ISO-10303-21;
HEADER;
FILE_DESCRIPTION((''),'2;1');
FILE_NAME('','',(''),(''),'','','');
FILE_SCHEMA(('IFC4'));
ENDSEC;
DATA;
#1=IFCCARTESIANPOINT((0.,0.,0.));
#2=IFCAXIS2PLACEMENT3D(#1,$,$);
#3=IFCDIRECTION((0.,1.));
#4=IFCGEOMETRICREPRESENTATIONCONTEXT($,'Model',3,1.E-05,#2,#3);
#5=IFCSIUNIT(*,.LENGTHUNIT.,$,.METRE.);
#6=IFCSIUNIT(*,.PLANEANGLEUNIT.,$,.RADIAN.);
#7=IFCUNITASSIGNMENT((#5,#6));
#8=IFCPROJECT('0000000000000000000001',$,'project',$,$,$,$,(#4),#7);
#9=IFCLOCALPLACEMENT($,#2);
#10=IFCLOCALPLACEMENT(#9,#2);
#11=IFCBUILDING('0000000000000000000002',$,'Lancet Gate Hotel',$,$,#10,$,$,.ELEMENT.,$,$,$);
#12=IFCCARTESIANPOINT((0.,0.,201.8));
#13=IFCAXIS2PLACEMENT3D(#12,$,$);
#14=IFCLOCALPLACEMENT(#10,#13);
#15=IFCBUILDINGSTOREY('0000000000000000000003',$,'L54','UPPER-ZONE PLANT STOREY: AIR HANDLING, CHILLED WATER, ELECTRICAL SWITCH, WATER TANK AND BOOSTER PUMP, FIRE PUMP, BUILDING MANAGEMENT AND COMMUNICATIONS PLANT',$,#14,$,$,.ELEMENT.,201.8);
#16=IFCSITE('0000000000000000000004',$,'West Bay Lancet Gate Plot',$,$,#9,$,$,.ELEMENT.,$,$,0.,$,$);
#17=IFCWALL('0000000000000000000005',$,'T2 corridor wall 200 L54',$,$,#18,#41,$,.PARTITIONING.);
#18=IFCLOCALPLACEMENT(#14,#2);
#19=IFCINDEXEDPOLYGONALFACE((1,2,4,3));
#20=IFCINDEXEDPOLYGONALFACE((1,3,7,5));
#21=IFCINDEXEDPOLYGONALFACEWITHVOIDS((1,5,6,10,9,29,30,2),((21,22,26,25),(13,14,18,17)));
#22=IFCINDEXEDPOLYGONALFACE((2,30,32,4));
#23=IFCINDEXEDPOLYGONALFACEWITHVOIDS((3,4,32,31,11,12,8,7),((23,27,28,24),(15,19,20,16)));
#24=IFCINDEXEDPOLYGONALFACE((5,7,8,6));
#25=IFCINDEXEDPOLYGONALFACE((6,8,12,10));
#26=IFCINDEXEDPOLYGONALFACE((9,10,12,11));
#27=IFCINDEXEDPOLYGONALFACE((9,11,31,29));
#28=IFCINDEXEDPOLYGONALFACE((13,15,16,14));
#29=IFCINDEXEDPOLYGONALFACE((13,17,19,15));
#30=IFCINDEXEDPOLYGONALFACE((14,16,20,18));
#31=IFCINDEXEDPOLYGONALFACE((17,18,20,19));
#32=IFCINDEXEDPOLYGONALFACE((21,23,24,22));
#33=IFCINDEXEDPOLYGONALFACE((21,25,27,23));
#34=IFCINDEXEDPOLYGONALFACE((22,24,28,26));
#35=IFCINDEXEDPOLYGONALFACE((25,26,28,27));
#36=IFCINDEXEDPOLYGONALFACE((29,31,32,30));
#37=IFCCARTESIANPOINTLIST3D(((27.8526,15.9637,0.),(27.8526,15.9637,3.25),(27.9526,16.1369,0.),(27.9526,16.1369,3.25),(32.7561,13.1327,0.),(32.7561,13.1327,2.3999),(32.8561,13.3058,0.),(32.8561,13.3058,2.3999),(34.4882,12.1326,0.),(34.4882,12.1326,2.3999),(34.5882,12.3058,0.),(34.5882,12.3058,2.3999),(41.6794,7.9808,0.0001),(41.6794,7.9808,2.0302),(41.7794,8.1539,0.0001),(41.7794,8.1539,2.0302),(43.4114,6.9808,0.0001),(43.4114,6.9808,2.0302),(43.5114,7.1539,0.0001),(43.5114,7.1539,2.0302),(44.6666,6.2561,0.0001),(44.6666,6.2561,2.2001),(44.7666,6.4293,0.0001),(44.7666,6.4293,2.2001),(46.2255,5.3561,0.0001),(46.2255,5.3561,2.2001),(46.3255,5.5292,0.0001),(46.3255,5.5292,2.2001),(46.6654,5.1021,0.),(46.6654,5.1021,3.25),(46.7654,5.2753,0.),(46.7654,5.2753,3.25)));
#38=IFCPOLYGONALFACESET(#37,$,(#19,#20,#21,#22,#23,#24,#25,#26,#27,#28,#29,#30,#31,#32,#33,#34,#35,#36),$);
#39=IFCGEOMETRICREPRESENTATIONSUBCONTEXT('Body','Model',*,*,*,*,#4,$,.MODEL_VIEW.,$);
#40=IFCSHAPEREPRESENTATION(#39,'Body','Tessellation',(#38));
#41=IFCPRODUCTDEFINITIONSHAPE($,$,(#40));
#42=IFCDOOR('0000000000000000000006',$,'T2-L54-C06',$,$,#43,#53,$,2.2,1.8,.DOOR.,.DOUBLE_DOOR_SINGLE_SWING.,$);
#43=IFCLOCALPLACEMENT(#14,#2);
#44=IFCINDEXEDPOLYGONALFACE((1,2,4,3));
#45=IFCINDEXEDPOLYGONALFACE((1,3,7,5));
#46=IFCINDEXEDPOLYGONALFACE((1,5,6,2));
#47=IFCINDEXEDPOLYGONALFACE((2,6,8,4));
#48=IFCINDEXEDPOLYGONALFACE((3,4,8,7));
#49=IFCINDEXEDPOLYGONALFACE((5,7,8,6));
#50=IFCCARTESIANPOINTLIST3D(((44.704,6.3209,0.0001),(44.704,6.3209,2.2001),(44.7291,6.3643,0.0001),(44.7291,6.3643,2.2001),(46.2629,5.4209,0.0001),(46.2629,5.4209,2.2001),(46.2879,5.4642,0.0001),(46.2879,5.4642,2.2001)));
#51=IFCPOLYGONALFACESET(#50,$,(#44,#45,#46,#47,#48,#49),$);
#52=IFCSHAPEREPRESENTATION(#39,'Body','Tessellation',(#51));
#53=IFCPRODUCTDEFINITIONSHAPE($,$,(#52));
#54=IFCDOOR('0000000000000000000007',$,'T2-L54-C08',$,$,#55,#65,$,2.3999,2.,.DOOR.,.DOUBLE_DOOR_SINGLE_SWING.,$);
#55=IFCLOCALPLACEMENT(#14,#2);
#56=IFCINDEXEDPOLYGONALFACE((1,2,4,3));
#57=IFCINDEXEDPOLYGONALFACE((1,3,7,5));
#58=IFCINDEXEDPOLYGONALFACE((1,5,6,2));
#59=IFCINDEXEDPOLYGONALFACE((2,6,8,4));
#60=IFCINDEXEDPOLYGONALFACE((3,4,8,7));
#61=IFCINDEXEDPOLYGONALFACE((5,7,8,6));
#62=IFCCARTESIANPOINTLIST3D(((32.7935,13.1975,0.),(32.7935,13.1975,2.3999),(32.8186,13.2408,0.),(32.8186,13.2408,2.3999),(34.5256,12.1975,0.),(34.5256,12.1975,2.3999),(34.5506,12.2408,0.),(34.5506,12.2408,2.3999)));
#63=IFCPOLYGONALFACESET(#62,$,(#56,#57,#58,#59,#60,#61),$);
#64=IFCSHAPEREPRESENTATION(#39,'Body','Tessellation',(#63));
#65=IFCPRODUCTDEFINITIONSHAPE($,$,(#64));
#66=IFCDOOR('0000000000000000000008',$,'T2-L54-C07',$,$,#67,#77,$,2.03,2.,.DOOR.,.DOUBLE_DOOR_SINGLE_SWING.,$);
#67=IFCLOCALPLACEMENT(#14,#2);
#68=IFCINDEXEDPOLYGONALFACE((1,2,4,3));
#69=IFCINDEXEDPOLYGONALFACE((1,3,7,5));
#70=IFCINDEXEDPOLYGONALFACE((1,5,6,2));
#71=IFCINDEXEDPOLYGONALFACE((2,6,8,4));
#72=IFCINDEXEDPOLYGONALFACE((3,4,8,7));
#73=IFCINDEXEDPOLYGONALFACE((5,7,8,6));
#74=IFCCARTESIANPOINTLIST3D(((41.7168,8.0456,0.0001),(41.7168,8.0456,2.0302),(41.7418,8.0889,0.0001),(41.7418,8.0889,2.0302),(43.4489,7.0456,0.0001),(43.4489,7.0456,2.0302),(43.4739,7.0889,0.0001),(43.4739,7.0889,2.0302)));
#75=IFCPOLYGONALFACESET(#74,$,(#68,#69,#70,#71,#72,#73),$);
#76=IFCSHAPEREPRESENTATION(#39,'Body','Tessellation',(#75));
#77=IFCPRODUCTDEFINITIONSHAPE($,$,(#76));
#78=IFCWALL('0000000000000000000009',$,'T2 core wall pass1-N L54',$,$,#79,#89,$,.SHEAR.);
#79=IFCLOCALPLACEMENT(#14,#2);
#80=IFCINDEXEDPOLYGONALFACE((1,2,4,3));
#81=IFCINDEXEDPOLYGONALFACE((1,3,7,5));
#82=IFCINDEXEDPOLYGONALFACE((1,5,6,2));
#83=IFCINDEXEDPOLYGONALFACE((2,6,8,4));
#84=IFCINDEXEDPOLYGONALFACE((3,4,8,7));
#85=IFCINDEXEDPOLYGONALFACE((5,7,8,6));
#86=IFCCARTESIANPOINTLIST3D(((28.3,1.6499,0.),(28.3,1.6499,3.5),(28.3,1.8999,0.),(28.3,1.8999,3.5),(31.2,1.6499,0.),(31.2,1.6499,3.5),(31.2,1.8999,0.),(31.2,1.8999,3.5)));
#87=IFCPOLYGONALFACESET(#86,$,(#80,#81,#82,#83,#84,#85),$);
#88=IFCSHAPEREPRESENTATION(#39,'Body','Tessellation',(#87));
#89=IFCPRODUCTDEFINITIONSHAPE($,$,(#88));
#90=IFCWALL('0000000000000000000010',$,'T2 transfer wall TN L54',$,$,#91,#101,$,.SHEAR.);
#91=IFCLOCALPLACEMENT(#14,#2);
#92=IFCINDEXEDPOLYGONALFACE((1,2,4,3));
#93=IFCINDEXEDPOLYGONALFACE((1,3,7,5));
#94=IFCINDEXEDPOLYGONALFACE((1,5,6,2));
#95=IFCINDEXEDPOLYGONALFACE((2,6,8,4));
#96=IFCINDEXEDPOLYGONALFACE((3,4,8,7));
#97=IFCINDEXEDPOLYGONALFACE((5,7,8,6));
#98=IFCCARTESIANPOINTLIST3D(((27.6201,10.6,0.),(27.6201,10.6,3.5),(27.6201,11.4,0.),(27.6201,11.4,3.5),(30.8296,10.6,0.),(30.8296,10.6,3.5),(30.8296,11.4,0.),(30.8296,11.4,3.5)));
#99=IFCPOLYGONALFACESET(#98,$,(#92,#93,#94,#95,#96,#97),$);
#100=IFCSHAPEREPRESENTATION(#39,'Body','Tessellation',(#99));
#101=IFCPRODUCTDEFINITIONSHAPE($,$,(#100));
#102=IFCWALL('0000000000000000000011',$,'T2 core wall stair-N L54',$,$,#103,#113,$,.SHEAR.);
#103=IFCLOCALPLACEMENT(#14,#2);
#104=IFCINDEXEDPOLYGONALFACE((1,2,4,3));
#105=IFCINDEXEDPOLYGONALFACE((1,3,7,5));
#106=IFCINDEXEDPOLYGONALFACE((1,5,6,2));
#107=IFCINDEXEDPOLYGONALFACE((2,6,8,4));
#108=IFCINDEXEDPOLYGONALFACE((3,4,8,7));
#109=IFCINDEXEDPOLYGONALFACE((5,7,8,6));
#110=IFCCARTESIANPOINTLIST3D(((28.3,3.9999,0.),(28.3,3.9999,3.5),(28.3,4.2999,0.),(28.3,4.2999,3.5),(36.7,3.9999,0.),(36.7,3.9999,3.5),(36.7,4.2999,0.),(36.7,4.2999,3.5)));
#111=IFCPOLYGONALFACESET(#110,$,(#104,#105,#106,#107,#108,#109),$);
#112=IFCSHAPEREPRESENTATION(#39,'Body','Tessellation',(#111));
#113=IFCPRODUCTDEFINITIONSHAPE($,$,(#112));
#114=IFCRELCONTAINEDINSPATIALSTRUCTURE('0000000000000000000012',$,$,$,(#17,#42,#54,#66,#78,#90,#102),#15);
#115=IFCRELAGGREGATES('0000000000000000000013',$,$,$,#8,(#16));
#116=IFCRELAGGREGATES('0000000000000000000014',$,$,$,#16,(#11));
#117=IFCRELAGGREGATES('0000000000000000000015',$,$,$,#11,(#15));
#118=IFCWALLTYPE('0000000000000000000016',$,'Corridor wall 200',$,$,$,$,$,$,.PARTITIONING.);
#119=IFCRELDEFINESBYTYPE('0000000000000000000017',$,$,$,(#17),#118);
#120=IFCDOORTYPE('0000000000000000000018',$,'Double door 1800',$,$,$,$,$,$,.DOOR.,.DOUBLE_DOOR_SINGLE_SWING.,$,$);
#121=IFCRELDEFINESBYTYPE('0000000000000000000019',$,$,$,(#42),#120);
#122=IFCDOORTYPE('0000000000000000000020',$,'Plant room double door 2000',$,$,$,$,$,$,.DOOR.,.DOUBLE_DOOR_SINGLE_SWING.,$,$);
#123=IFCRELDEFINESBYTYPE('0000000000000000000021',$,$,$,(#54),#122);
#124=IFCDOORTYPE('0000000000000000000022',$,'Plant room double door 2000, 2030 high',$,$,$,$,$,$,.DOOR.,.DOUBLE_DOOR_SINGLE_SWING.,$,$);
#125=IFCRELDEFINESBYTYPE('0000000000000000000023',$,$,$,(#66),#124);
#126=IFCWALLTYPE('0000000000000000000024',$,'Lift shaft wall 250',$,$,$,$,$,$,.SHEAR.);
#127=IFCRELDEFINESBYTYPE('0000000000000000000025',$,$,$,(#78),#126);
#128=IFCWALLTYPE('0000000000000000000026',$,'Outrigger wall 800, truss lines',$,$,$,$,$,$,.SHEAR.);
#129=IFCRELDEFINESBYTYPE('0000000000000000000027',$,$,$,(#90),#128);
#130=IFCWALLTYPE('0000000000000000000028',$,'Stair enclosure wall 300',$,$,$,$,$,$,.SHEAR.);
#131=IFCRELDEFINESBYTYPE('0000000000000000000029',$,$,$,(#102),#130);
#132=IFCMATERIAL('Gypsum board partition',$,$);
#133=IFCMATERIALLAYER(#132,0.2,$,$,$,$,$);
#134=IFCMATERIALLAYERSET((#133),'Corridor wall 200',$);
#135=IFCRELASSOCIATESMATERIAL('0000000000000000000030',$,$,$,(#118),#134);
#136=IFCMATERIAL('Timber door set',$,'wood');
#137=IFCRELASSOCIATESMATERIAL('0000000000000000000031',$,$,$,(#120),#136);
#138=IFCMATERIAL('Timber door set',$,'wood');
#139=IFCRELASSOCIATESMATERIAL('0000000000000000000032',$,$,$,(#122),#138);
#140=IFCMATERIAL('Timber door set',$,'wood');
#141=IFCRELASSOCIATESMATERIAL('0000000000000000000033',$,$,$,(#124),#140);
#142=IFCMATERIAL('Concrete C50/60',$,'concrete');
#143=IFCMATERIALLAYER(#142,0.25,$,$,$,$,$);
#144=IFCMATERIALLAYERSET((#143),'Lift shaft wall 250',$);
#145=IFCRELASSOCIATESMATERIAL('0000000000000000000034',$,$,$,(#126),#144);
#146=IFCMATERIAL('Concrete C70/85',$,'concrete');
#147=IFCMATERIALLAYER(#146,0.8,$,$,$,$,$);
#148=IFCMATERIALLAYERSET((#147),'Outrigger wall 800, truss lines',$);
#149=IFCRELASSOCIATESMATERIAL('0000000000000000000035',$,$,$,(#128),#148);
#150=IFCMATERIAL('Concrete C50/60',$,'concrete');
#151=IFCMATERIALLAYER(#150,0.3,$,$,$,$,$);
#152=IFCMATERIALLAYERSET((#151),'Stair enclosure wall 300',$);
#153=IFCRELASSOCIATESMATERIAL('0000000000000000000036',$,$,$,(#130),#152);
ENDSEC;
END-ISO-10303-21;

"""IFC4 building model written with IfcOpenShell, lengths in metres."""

from ifc_helpers import new_model, si_unit, direction, frame, frame_2d, origin, place, context, subcontext, project, spatial, rectangle, extrude, material, layer, layer_set, type_object, element, fill, save


model = new_model("IFC4")

# Units and contexts
model_context = context("Model", 3, precision=1e-05, world=origin(), true_north=direction((0.0, 1.0)))
body_context = subcontext(model_context, "Body", "Model", "MODEL_VIEW")
ifc_project = project(units=[si_unit("LENGTHUNIT", "METRE"), si_unit("PLANEANGLEUNIT", "RADIAN")], contexts=[model_context])

# Site, building, storey
site_placement = place(None, origin())
site = spatial("IfcSite", under=ifc_project, at=site_placement, Name="West Bay Lancet Gate Plot", CompositionType="ELEMENT", RefElevation=0.0)
building_placement = place(site_placement, origin())
building = spatial("IfcBuilding", under=site, at=building_placement, Name="Lancet Gate Hotel", CompositionType="ELEMENT")
storey_placement = place(building_placement, frame((0.0, 0.0, 201.8)))
storey = spatial("IfcBuildingStorey", under=building, at=storey_placement, Name="L54", Description="UPPER-ZONE PLANT STOREY: AIR HANDLING, CHILLED WATER, ELECTRICAL SWITCH, WATER TANK AND BOOSTER PUMP, FIRE PUMP, BUILDING MANAGEMENT AND COMMUNICATIONS PLANT", CompositionType="ELEMENT", Elevation=201.8)

# Wall, openings, doors
ifc_material_1 = material(Name="Gypsum board partition")
ifc_layer_1 = layer(ifc_material_1, 0.2)
ifc_layer_set_1 = layer_set([ifc_layer_1], Name="Corridor wall 200")
wall_type_1 = type_object("IfcWallType", Name="Corridor wall 200", PredefinedType="PARTITIONING", material=ifc_layer_set_1)
wall_1_placement = place(storey_placement, frame((27.9026, 16.0503, 0.0), z_axis=(0.0, 0.0, 1.0), x_axis=(0.866025, -0.500001, 0.0)))
wall_1 = element("IfcWall", 1, at=wall_1_placement, inside=storey, type_object=wall_type_1, Name="T2 corridor wall 200 L54", PredefinedType="PARTITIONING", context=body_context, shape_type="SweptSolid", body=[
    extrude(rectangle(XDim=21.7231, YDim=0.2, at=frame_2d((10.8616, 0.0))), origin(), (0.0, 0.0, 1.0), 3.25),
])
opening_1_placement = place(wall_1_placement, frame((15.9658, 0.0, 0.0)))
opening_1 = element("IfcOpeningElement", 2, at=opening_1_placement, cuts=wall_1, PredefinedType="OPENING", context=body_context, shape_type="SweptSolid", body=[
    extrude(rectangle(XDim=2.0, YDim=2.03, at=frame_2d((1.0, 1.0151))), frame((0.0, 0.1099, 0.0), z_axis=(0.0, -1.0, 0.0), x_axis=(1.0, 0.0, 0.0)), (0.0, 0.0, 1.0), 0.22),
])
opening_2_placement = place(wall_1_placement, frame((5.6621, 0.0, 0.0)))
opening_2 = element("IfcOpeningElement", 3, at=opening_2_placement, cuts=wall_1, PredefinedType="OPENING", context=body_context, shape_type="SweptSolid", body=[
    extrude(rectangle(XDim=2.0, YDim=2.3999, at=frame_2d((1.0, 1.2))), frame((0.0, 0.1099, 0.0), z_axis=(0.0, -1.0, 0.0), x_axis=(1.0, 0.0, 0.0)), (0.0, 0.0, 1.0), 0.22),
])
opening_3_placement = place(wall_1_placement, frame((19.4153, 0.0, 0.0)))
opening_3 = element("IfcOpeningElement", 4, at=opening_3_placement, cuts=wall_1, PredefinedType="OPENING", context=body_context, shape_type="SweptSolid", body=[
    extrude(rectangle(XDim=1.8, YDim=2.2, at=frame_2d((0.8999, 1.1001))), frame((0.0, 0.1099, 0.0), z_axis=(0.0, -1.0, 0.0), x_axis=(1.0, 0.0, 0.0)), (0.0, 0.0, 1.0), 0.22),
])
ifc_material_2 = material(Name="Timber door set", Category="wood")
door_type_1 = type_object("IfcDoorType", Name="Double door 1800", OperationType="DOUBLE_DOOR_SINGLE_SWING", PredefinedType="DOOR", material=ifc_material_2)
door_1_placement = place(opening_3_placement, origin())
door_1 = element("IfcDoor", 5, at=door_1_placement, inside=storey, type_object=door_type_1, Name="T2-L54-C06", OperationType="DOUBLE_DOOR_SINGLE_SWING", OverallHeight=2.2, OverallWidth=1.8, PredefinedType="DOOR", context=body_context, shape_type="SweptSolid", body=[
    extrude(rectangle(XDim=1.8, YDim=2.2, at=frame_2d((0.8999, 1.1001))), frame((0.0, 0.0249, 0.0), z_axis=(0.0, -1.0, 0.0), x_axis=(1.0, 0.0, 0.0)), (0.0, 0.0, 1.0), 0.05),
])
fill(opening_3, door_1)
ifc_material_3 = material(Name="Timber door set", Category="wood")
door_type_2 = type_object("IfcDoorType", Name="Plant room double door 2000", OperationType="DOUBLE_DOOR_SINGLE_SWING", PredefinedType="DOOR", material=ifc_material_3)
door_2_placement = place(opening_2_placement, origin())
door_2 = element("IfcDoor", 6, at=door_2_placement, inside=storey, type_object=door_type_2, Name="T2-L54-C08", OperationType="DOUBLE_DOOR_SINGLE_SWING", OverallHeight=2.3999, OverallWidth=2.0, PredefinedType="DOOR", context=body_context, shape_type="SweptSolid", body=[
    extrude(rectangle(XDim=2.0, YDim=2.3999, at=frame_2d((1.0, 1.2))), frame((0.0, 0.0249, 0.0), z_axis=(0.0, -1.0, 0.0), x_axis=(1.0, 0.0, 0.0)), (0.0, 0.0, 1.0), 0.05),
])
fill(opening_2, door_2)
ifc_material_4 = material(Name="Timber door set", Category="wood")
door_type_3 = type_object("IfcDoorType", Name="Plant room double door 2000, 2030 high", OperationType="DOUBLE_DOOR_SINGLE_SWING", PredefinedType="DOOR", material=ifc_material_4)
door_3_placement = place(opening_1_placement, origin())
door_3 = element("IfcDoor", 7, at=door_3_placement, inside=storey, type_object=door_type_3, Name="T2-L54-C07", OperationType="DOUBLE_DOOR_SINGLE_SWING", OverallHeight=2.03, OverallWidth=2.0, PredefinedType="DOOR", context=body_context, shape_type="SweptSolid", body=[
    extrude(rectangle(XDim=2.0, YDim=2.03, at=frame_2d((1.0, 1.0151))), frame((0.0, 0.0249, 0.0), z_axis=(0.0, -1.0, 0.0), x_axis=(1.0, 0.0, 0.0)), (0.0, 0.0, 1.0), 0.05),
])
fill(opening_1, door_3)

# Walls
ifc_material_5 = material(Name="Concrete C50/60", Category="concrete")
ifc_layer_2 = layer(ifc_material_5, 0.25)
ifc_layer_set_2 = layer_set([ifc_layer_2], Name="Lift shaft wall 250")
wall_type_2 = type_object("IfcWallType", Name="Lift shaft wall 250", PredefinedType="SHEAR", material=ifc_layer_set_2)
wall_2_placement = place(storey_placement, frame((28.3, 1.7749, 0.0), z_axis=(0.0, 0.0, 1.0), x_axis=(1.0, 0.0, 0.0)))
element("IfcWall", 8, at=wall_2_placement, inside=storey, type_object=wall_type_2, Name="T2 core wall pass1-N L54", PredefinedType="SHEAR", context=body_context, shape_type="SweptSolid", body=[
    extrude(rectangle(XDim=2.8999, YDim=0.25, at=frame_2d((1.45, 0.0))), origin(), (0.0, 0.0, 1.0), 3.5),
])
ifc_material_6 = material(Name="Concrete C70/85", Category="concrete")
ifc_layer_3 = layer(ifc_material_6, 0.8)
ifc_layer_set_3 = layer_set([ifc_layer_3], Name="Outrigger wall 800, truss lines")
wall_type_3 = type_object("IfcWallType", Name="Outrigger wall 800, truss lines", PredefinedType="SHEAR", material=ifc_layer_set_3)
wall_3_placement = place(storey_placement, frame((27.6201, 11.0, 0.0), z_axis=(0.0, 0.0, 1.0), x_axis=(1.0, 0.0, 0.0)))
element("IfcWall", 9, at=wall_3_placement, inside=storey, type_object=wall_type_3, Name="T2 transfer wall TN L54", PredefinedType="SHEAR", context=body_context, shape_type="SweptSolid", body=[
    extrude(rectangle(XDim=3.2095, YDim=0.8, at=frame_2d((1.6047, 0.0))), origin(), (0.0, 0.0, 1.0), 3.5),
])
ifc_material_7 = material(Name="Concrete C50/60", Category="concrete")
ifc_layer_4 = layer(ifc_material_7, 0.3)
ifc_layer_set_4 = layer_set([ifc_layer_4], Name="Stair enclosure wall 300")
wall_type_4 = type_object("IfcWallType", Name="Stair enclosure wall 300", PredefinedType="SHEAR", material=ifc_layer_set_4)
wall_4_placement = place(storey_placement, frame((28.3, 4.1499, 0.0), z_axis=(0.0, 0.0, 1.0), x_axis=(1.0, 0.0, 0.0)))
element("IfcWall", 10, at=wall_4_placement, inside=storey, type_object=wall_type_4, Name="T2 core wall stair-N L54", PredefinedType="SHEAR", context=body_context, shape_type="SweptSolid", body=[
    extrude(rectangle(XDim=8.3999, YDim=0.3, at=frame_2d((4.2, 0.0))), origin(), (0.0, 0.0, 1.0), 3.5),
])

save(model, "model.ifc")
